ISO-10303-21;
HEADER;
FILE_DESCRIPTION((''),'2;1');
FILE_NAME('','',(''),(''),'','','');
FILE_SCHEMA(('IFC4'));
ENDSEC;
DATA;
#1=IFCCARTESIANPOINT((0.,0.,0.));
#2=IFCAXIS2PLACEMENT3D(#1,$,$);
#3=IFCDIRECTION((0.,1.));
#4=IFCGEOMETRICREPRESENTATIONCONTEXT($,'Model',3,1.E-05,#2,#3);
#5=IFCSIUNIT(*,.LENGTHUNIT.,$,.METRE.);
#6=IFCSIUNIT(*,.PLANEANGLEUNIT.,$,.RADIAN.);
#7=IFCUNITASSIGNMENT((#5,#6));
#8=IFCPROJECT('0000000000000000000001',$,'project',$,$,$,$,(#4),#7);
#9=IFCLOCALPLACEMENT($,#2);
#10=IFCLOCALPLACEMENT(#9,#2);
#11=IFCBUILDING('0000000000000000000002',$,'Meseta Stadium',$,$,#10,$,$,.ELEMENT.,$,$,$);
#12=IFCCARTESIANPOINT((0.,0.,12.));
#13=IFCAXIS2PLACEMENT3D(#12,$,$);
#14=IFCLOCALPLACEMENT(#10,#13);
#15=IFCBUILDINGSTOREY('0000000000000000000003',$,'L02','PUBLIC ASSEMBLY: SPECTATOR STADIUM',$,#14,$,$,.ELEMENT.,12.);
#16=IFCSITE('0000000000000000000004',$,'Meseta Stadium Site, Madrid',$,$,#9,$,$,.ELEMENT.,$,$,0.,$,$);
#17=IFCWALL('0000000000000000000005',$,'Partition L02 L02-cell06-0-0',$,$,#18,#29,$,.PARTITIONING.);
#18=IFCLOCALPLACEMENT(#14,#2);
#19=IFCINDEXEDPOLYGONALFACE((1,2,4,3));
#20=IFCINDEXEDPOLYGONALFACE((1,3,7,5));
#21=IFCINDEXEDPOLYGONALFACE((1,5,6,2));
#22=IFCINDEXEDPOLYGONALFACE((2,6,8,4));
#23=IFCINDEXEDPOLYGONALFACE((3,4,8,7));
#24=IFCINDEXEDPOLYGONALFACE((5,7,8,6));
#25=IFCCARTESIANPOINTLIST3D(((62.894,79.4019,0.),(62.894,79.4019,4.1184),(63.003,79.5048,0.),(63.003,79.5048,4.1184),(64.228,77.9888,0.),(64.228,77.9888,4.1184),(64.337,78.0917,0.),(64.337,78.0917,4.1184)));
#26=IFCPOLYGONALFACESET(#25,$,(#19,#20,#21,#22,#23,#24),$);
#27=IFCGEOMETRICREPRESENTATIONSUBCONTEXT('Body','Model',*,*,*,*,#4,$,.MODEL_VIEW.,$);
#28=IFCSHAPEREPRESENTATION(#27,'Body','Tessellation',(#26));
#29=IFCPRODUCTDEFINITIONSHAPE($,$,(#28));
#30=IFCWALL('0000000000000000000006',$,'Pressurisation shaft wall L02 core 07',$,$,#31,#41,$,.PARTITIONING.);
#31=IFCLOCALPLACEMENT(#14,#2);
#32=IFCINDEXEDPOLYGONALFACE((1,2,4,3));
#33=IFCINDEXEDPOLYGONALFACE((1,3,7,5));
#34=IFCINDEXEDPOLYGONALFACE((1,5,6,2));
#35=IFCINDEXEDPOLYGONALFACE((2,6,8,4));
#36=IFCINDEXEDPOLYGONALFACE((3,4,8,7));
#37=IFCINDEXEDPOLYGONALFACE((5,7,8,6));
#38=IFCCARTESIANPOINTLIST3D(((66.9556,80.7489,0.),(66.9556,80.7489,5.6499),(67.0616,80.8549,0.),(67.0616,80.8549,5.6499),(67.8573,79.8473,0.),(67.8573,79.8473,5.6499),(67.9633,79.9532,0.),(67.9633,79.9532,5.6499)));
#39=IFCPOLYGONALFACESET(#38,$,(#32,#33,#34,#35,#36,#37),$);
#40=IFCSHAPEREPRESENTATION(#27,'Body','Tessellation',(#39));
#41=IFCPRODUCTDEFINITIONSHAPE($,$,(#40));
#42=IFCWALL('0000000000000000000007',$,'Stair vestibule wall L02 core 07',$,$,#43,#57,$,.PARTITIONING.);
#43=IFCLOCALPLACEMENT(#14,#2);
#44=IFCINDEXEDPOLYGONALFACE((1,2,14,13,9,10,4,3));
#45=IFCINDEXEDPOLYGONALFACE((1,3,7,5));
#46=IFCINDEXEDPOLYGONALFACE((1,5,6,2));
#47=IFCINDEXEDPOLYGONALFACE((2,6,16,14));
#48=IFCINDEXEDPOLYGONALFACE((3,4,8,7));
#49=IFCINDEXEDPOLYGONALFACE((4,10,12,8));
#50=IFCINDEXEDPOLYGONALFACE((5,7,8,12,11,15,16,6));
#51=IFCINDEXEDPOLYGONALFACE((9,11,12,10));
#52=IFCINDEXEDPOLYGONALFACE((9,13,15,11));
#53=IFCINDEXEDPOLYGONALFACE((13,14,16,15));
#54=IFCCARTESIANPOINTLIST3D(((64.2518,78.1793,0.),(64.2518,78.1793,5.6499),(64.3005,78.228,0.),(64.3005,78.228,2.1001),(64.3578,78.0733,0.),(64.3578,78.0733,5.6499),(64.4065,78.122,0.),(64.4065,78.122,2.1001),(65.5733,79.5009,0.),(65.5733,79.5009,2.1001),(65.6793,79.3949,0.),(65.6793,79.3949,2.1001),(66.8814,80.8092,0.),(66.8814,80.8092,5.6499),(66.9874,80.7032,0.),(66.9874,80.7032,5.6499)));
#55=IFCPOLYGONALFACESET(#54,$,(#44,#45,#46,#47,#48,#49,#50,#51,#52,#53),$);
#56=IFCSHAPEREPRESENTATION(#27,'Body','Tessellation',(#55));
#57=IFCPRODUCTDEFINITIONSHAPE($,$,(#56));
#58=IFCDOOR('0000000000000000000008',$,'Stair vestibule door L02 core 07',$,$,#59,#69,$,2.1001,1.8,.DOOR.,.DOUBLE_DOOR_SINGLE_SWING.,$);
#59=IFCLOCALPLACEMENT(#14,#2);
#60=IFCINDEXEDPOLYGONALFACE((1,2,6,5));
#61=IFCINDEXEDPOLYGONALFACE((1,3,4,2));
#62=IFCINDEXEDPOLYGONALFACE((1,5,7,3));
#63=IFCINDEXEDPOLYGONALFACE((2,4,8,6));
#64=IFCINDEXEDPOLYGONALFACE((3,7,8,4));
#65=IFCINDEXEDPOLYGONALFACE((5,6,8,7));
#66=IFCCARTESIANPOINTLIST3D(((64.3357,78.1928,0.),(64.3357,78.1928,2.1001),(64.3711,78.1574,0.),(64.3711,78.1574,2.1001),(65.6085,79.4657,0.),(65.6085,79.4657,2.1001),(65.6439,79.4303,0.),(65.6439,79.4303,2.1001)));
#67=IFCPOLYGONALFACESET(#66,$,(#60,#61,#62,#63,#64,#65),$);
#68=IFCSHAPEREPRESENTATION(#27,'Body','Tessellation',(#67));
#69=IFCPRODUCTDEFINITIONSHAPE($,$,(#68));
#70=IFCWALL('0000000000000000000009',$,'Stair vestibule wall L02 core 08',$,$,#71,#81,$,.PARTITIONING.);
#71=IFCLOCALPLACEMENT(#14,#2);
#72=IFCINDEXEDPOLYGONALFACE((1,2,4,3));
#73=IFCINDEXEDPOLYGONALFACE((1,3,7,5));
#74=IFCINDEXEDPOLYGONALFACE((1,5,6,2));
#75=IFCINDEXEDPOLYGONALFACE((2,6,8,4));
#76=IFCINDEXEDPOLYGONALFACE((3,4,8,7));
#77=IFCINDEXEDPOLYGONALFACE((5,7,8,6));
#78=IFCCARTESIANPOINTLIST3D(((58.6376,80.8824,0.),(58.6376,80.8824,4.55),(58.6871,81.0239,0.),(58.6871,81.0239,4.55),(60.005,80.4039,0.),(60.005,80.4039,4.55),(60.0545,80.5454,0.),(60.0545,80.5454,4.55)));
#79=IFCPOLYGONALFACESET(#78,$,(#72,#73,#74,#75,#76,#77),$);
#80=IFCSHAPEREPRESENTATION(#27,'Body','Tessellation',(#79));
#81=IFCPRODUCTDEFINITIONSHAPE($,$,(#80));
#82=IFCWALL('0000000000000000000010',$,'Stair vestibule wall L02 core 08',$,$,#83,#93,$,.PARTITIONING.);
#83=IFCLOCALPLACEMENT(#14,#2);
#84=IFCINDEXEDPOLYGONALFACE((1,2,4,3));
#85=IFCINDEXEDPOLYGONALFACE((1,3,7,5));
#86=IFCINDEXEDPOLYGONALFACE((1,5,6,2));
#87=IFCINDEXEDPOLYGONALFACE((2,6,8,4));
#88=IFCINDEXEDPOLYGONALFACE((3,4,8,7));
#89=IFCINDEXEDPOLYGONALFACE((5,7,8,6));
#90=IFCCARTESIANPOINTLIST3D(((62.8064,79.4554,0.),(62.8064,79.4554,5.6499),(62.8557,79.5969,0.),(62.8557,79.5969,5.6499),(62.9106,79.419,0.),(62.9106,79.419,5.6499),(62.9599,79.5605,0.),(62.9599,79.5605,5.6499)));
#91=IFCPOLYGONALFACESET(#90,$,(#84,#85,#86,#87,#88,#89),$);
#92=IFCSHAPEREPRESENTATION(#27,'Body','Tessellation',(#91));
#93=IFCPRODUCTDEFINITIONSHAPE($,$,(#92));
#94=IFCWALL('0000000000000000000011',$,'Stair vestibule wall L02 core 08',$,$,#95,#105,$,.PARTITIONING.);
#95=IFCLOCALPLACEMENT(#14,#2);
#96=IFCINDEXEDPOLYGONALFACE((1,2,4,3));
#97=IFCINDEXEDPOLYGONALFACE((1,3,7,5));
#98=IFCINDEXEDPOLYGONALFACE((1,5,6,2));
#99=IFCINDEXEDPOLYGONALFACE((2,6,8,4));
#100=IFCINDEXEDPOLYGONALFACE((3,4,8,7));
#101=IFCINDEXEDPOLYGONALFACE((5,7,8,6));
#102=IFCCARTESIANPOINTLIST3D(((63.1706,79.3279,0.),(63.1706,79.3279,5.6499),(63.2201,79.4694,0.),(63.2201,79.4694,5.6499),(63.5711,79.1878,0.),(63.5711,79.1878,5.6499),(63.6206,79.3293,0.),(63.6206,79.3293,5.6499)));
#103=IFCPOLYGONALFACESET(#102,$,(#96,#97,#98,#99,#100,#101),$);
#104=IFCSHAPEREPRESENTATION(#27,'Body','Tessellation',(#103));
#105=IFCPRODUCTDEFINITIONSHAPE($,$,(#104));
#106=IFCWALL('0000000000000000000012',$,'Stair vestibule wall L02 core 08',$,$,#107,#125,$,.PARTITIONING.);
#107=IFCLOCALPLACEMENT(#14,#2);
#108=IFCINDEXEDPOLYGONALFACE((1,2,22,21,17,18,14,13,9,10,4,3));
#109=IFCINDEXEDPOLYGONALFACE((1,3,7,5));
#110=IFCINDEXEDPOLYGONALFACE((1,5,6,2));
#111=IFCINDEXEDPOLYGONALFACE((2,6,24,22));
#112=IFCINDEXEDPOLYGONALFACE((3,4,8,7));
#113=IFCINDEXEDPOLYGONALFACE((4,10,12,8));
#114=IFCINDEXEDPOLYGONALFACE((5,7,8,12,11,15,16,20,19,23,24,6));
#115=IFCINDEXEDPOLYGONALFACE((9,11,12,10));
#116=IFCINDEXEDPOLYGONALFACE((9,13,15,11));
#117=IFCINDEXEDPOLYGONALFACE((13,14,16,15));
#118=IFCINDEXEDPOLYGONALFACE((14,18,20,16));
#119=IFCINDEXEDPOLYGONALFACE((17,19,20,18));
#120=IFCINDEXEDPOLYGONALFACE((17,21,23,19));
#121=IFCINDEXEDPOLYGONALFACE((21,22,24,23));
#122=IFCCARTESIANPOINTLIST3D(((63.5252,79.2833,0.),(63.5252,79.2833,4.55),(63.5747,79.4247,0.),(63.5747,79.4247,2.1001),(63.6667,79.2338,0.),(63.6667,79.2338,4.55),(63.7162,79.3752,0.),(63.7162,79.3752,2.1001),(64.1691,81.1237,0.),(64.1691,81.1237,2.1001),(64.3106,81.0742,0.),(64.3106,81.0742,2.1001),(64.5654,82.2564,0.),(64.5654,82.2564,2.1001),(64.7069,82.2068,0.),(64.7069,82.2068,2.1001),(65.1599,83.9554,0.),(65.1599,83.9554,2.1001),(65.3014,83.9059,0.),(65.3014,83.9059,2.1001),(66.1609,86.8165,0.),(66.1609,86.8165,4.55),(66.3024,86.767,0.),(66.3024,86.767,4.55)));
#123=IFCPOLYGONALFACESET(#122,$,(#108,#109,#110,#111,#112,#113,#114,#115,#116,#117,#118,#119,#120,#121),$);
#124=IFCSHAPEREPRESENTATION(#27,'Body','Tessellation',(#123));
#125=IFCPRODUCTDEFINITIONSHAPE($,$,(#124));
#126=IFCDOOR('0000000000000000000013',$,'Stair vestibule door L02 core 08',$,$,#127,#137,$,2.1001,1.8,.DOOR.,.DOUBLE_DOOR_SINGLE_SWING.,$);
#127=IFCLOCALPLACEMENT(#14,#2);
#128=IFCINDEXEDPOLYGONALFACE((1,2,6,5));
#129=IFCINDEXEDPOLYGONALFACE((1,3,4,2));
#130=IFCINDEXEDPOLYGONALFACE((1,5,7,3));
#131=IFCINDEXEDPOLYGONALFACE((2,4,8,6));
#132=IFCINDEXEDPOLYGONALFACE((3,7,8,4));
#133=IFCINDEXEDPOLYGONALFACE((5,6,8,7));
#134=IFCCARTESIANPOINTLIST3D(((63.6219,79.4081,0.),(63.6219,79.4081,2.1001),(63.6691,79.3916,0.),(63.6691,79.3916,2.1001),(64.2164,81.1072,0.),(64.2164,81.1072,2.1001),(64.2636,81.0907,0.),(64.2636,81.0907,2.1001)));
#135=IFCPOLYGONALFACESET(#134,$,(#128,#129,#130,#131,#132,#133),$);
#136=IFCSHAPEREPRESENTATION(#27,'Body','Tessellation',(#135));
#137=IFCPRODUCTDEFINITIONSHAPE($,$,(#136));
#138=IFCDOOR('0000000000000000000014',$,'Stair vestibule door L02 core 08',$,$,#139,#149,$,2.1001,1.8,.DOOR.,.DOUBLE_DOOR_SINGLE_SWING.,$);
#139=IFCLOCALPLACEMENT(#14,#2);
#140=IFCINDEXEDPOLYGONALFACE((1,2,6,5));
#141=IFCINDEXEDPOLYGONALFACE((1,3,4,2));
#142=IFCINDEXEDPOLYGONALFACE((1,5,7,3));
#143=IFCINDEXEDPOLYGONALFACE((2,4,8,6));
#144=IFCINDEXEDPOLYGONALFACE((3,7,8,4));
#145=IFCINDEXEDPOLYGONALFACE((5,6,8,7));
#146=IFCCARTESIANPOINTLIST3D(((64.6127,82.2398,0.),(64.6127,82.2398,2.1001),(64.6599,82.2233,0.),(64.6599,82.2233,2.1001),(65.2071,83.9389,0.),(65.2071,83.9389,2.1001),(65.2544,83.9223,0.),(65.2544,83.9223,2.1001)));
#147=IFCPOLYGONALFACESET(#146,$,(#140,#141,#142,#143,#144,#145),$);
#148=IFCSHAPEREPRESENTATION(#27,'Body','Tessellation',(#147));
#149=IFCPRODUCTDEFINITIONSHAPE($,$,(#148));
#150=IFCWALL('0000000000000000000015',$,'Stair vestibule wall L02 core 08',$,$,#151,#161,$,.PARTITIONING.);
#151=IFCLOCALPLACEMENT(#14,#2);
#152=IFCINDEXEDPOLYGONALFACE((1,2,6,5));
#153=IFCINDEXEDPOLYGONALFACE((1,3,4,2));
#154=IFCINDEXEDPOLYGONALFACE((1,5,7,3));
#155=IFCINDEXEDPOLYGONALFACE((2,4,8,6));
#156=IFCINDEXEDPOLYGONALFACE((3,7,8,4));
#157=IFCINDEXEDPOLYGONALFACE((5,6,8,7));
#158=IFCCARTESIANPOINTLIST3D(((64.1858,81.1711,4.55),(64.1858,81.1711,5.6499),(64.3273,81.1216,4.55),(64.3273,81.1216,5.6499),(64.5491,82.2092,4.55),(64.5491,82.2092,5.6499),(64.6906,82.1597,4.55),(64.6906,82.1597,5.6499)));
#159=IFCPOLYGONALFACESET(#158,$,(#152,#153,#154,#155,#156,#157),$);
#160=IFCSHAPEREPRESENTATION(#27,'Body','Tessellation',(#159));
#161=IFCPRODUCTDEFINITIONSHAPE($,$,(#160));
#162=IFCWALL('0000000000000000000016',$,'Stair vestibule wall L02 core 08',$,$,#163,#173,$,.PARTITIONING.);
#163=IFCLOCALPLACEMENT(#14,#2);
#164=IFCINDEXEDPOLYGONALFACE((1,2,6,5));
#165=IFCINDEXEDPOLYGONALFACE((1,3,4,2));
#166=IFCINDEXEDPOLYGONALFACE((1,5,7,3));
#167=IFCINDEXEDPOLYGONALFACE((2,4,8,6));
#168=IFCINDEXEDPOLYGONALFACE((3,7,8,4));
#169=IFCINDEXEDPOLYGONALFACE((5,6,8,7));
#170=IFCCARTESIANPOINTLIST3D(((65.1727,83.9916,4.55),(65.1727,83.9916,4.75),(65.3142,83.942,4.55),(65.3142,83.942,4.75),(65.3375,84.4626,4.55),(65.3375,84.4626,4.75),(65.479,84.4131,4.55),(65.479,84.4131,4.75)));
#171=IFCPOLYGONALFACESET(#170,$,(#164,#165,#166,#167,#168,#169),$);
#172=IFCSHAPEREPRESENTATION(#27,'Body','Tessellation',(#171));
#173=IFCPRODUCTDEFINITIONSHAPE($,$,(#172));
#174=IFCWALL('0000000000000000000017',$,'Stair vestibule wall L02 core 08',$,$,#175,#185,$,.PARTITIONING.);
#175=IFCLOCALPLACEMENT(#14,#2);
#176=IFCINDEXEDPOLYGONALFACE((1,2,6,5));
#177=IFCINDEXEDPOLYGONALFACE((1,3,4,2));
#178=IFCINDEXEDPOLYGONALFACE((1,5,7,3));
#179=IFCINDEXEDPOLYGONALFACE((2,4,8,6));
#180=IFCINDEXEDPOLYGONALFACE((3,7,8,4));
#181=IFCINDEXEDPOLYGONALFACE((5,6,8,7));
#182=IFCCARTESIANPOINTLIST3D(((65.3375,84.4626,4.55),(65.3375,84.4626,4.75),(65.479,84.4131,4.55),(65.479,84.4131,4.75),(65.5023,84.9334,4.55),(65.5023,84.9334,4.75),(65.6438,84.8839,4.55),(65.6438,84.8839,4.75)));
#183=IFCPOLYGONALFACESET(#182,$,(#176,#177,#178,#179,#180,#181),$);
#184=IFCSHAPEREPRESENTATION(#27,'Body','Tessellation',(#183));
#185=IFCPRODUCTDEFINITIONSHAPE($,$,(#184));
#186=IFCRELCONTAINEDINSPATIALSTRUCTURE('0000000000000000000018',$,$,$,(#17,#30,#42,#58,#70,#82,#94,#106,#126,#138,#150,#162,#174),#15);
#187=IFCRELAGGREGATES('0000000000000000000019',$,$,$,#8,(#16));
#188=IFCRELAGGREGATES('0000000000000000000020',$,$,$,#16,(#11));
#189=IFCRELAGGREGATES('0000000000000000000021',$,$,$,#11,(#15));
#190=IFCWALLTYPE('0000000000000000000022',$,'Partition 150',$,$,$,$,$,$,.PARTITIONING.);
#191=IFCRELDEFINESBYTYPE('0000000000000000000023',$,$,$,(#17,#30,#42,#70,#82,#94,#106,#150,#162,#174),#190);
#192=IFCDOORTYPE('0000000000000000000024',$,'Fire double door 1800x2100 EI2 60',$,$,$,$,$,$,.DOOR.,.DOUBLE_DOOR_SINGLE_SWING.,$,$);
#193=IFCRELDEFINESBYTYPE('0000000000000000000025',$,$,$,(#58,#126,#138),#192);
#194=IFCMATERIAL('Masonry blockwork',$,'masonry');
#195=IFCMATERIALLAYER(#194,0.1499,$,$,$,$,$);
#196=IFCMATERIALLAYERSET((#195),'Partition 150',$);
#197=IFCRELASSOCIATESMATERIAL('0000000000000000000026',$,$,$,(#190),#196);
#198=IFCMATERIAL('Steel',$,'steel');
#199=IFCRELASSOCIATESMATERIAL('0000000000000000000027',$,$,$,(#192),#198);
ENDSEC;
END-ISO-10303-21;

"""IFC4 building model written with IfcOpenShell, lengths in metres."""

from ifc_helpers import new_model, si_unit, direction, frame, frame_2d, origin, place, context, subcontext, project, spatial, rectangle, extrude, material, layer, layer_set, type_object, element, fill, save


model = new_model("IFC4")

# Units and contexts
model_context = context("Model", 3, precision=1e-05, world=origin(), true_north=direction((0.0, 1.0)))
body_context = subcontext(model_context, "Body", "Model", "MODEL_VIEW")
ifc_project = project(units=[si_unit("LENGTHUNIT", "METRE"), si_unit("PLANEANGLEUNIT", "RADIAN")], contexts=[model_context])

# Site, building, storey
site_placement = place(None, origin())
site = spatial("IfcSite", under=ifc_project, at=site_placement, Name="Meseta Stadium Site, Madrid", CompositionType="ELEMENT", RefElevation=0.0)
building_placement = place(site_placement, origin())
building = spatial("IfcBuilding", under=site, at=building_placement, Name="Meseta Stadium", CompositionType="ELEMENT")
storey_placement = place(building_placement, frame((0.0, 0.0, 12.0)))
storey = spatial("IfcBuildingStorey", under=building, at=storey_placement, Name="L02", Description="PUBLIC ASSEMBLY: SPECTATOR STADIUM", CompositionType="ELEMENT", Elevation=12.0)

# Walls
ifc_material_1 = material(Name="Masonry blockwork", Category="masonry")
ifc_layer_1 = layer(ifc_material_1, 0.1499)
ifc_layer_set_1 = layer_set([ifc_layer_1], Name="Partition 150")
wall_type_1 = type_object("IfcWallType", Name="Partition 150", PredefinedType="PARTITIONING", material=ifc_layer_set_1)
wall_1_placement = place(storey_placement, frame((62.9485, 79.4534, 0.0), z_axis=(0.0, 0.0, 1.0), x_axis=(0.686461, -0.727166, 0.0)))
element("IfcWall", 1, at=wall_1_placement, inside=storey, type_object=wall_type_1, Name="Partition L02 L02-cell06-0-0", PredefinedType="PARTITIONING", context=body_context, shape_type="SweptSolid", body=[
    extrude(rectangle(XDim=1.9434, YDim=0.1499, at=frame_2d((0.9717, 0.0))), origin(), (0.0, 0.0, 1.0), 4.1184),
])
wall_2_placement = place(storey_placement, frame((67.0085, 80.802, 0.0), z_axis=(0.0, 0.0, 1.0), x_axis=(0.707107, -0.707107, 0.0)))
element("IfcWall", 2, at=wall_2_placement, inside=storey, type_object=wall_type_1, Name="Pressurisation shaft wall L02 core 07", PredefinedType="PARTITIONING", context=body_context, shape_type="SweptSolid", body=[
    extrude(rectangle(XDim=1.2751, YDim=0.1499, at=frame_2d((0.6377, 0.0))), origin(), (0.0, 0.0, 1.0), 5.6499),
])

# Wall, opening, door
wall_3_placement = place(storey_placement, frame((66.9343, 80.7561, 0.0), z_axis=(0.0, 0.0, 1.0), x_axis=(-0.707074, -0.70714, 0.0)))
wall_3 = element("IfcWall", 3, at=wall_3_placement, inside=storey, type_object=wall_type_1, Name="Stair vestibule wall L02 core 07", PredefinedType="PARTITIONING", context=body_context, shape_type="SweptSolid", body=[
    extrude(rectangle(XDim=3.719, YDim=0.1499, at=frame_2d((1.8594, 0.0))), origin(), (0.0, 0.0, 1.0), 5.6499),
])
opening_1_placement = place(wall_3_placement, frame((1.8501, 0.0, 0.0)))
opening_1 = element("IfcOpeningElement", 4, at=opening_1_placement, cuts=wall_3, PredefinedType="OPENING", context=body_context, shape_type="SweptSolid", body=[
    extrude(rectangle(XDim=1.8, YDim=2.1001, at=frame_2d((0.8999, 1.05))), frame((0.0, 0.085, 0.0), z_axis=(0.0, -1.0, 0.0), x_axis=(1.0, 0.0, 0.0)), (0.0, 0.0, 1.0), 0.1699),
])
ifc_material_2 = material(Name="Steel", Category="steel")
door_type_1 = type_object("IfcDoorType", Name="Fire double door 1800x2100 EI2 60", OperationType="DOUBLE_DOOR_SINGLE_SWING", PredefinedType="DOOR", material=ifc_material_2)
door_1_placement = place(opening_1_placement, origin())
door_1 = element("IfcDoor", 5, at=door_1_placement, inside=storey, type_object=door_type_1, Name="Stair vestibule door L02 core 07", OperationType="DOUBLE_DOOR_SINGLE_SWING", OverallHeight=2.1001, OverallWidth=1.8, PredefinedType="DOOR", context=body_context, shape_type="SweptSolid", body=[
    extrude(rectangle(XDim=1.8, YDim=2.1001, at=frame_2d((0.8999, 1.05))), frame((0.0, 0.0249, 0.0), z_axis=(0.0, -1.0, 0.0), x_axis=(1.0, 0.0, 0.0)), (0.0, 0.0, 1.0), 0.05),
])
fill(opening_1, door_1)

# Walls
wall_4_placement = place(storey_placement, frame((58.6624, 80.9531, 0.0), z_axis=(0.0, 0.0, 1.0), x_axis=(0.943877, -0.330298, 0.0)))
element("IfcWall", 6, at=wall_4_placement, inside=storey, type_object=wall_type_1, Name="Stair vestibule wall L02 core 08", PredefinedType="PARTITIONING", context=body_context, shape_type="SweptSolid", body=[
    extrude(rectangle(XDim=1.4487, YDim=0.1499, at=frame_2d((0.7244, 0.0))), origin(), (0.0, 0.0, 1.0), 4.55),
])
wall_5_placement = place(storey_placement, frame((62.8311, 79.5261, 0.0), z_axis=(0.0, 0.0, 1.0), x_axis=(0.944168, -0.329464, 0.0)))
element("IfcWall", 7, at=wall_5_placement, inside=storey, type_object=wall_type_1, Name="Stair vestibule wall L02 core 08", PredefinedType="PARTITIONING", context=body_context, shape_type="SweptSolid", body=[
    extrude(rectangle(XDim=0.1104, YDim=0.1499, at=frame_2d((0.0552, 0.0))), origin(), (0.0, 0.0, 1.0), 5.6499),
])
wall_6_placement = place(storey_placement, frame((63.1953, 79.3987, 0.0), z_axis=(0.0, 0.0, 1.0), x_axis=(0.943921, -0.330171, 0.0)))
element("IfcWall", 8, at=wall_6_placement, inside=storey, type_object=wall_type_1, Name="Stair vestibule wall L02 core 08", PredefinedType="PARTITIONING", context=body_context, shape_type="SweptSolid", body=[
    extrude(rectangle(XDim=0.4243, YDim=0.1499, at=frame_2d((0.2122, 0.0))), origin(), (0.0, 0.0, 1.0), 5.6499),
])

# Wall, openings, doors
wall_7_placement = place(storey_placement, frame((63.5959, 79.2585, 0.0), z_axis=(0.0, 0.0, 1.0), x_axis=(0.330252, 0.943893, 0.0)))
wall_7 = element("IfcWall", 9, at=wall_7_placement, inside=storey, type_object=wall_type_1, Name="Stair vestibule wall L02 core 08", PredefinedType="PARTITIONING", context=body_context, shape_type="SweptSolid", body=[
    extrude(rectangle(XDim=7.981, YDim=0.1499, at=frame_2d((3.9905, 0.0))), origin(), (0.0, 0.0, 1.0), 4.55),
])
opening_2_placement = place(wall_7_placement, frame((0.1499, 0.0, 0.0)))
opening_2 = element("IfcOpeningElement", 10, at=opening_2_placement, cuts=wall_7, PredefinedType="OPENING", context=body_context, shape_type="SweptSolid", body=[
    extrude(rectangle(XDim=1.8, YDim=2.1001, at=frame_2d((0.8999, 1.05))), frame((0.0, 0.085, 0.0), z_axis=(0.0, -1.0, 0.0), x_axis=(1.0, 0.0, 0.0)), (0.0, 0.0, 1.0), 0.1699),
])
opening_3_placement = place(wall_7_placement, frame((3.1499, 0.0, 0.0)))
opening_3 = element("IfcOpeningElement", 11, at=opening_3_placement, cuts=wall_7, PredefinedType="OPENING", context=body_context, shape_type="SweptSolid", body=[
    extrude(rectangle(XDim=1.8, YDim=2.1001, at=frame_2d((0.8999, 1.05))), frame((0.0, 0.085, 0.0), z_axis=(0.0, -1.0, 0.0), x_axis=(1.0, 0.0, 0.0)), (0.0, 0.0, 1.0), 0.1699),
])
door_2_placement = place(opening_2_placement, origin())
door_2 = element("IfcDoor", 12, at=door_2_placement, inside=storey, type_object=door_type_1, Name="Stair vestibule door L02 core 08", OperationType="DOUBLE_DOOR_SINGLE_SWING", OverallHeight=2.1001, OverallWidth=1.8, PredefinedType="DOOR", context=body_context, shape_type="SweptSolid", body=[
    extrude(rectangle(XDim=1.8, YDim=2.1001, at=frame_2d((0.8999, 1.05))), frame((0.0, 0.0249, 0.0), z_axis=(0.0, -1.0, 0.0), x_axis=(1.0, 0.0, 0.0)), (0.0, 0.0, 1.0), 0.05),
])
fill(opening_2, door_2)
door_3_placement = place(opening_3_placement, origin())
door_3 = element("IfcDoor", 13, at=door_3_placement, inside=storey, type_object=door_type_1, Name="Stair vestibule door L02 core 08", OperationType="DOUBLE_DOOR_SINGLE_SWING", OverallHeight=2.1001, OverallWidth=1.8, PredefinedType="DOOR", context=body_context, shape_type="SweptSolid", body=[
    extrude(rectangle(XDim=1.8, YDim=2.1001, at=frame_2d((0.8999, 1.05))), frame((0.0, 0.0249, 0.0), z_axis=(0.0, -1.0, 0.0), x_axis=(1.0, 0.0, 0.0)), (0.0, 0.0, 1.0), 0.05),
])
fill(opening_3, door_3)

# Walls
wall_8_placement = place(storey_placement, frame((64.2566, 81.1465, 4.55), z_axis=(0.0, 0.0, 1.0), x_axis=(0.330311, 0.943872, 0.0)))
element("IfcWall", 14, at=wall_8_placement, inside=storey, type_object=wall_type_1, Name="Stair vestibule wall L02 core 08", PredefinedType="PARTITIONING", context=body_context, shape_type="SweptSolid", body=[
    extrude(rectangle(XDim=1.0999, YDim=0.1499, at=frame_2d((0.5498, 0.0))), origin(), (0.0, 0.0, 1.0), 1.0999),
])
wall_9_placement = place(storey_placement, frame((65.2434, 83.9668, 4.55), z_axis=(0.0, 0.0, 1.0), x_axis=(0.330285, 0.943881, 0.0)))
element("IfcWall", 15, at=wall_9_placement, inside=storey, type_object=wall_type_1, Name="Stair vestibule wall L02 core 08", PredefinedType="PARTITIONING", context=body_context, shape_type="SweptSolid", body=[
    extrude(rectangle(XDim=0.499, YDim=0.1499, at=frame_2d((0.2495, 0.0))), origin(), (0.0, 0.0, 1.0), 0.2),
])
wall_10_placement = place(storey_placement, frame((65.4082, 84.4377, 4.55), z_axis=(0.0, 0.0, 1.0), x_axis=(0.330438, 0.943828, 0.0)))
element("IfcWall", 16, at=wall_10_placement, inside=storey, type_object=wall_type_1, Name="Stair vestibule wall L02 core 08", PredefinedType="PARTITIONING", context=body_context, shape_type="SweptSolid", body=[
    extrude(rectangle(XDim=0.4988, YDim=0.1499, at=frame_2d((0.2495, 0.0))), origin(), (0.0, 0.0, 1.0), 0.2),
])

save(model, "model.ifc")
